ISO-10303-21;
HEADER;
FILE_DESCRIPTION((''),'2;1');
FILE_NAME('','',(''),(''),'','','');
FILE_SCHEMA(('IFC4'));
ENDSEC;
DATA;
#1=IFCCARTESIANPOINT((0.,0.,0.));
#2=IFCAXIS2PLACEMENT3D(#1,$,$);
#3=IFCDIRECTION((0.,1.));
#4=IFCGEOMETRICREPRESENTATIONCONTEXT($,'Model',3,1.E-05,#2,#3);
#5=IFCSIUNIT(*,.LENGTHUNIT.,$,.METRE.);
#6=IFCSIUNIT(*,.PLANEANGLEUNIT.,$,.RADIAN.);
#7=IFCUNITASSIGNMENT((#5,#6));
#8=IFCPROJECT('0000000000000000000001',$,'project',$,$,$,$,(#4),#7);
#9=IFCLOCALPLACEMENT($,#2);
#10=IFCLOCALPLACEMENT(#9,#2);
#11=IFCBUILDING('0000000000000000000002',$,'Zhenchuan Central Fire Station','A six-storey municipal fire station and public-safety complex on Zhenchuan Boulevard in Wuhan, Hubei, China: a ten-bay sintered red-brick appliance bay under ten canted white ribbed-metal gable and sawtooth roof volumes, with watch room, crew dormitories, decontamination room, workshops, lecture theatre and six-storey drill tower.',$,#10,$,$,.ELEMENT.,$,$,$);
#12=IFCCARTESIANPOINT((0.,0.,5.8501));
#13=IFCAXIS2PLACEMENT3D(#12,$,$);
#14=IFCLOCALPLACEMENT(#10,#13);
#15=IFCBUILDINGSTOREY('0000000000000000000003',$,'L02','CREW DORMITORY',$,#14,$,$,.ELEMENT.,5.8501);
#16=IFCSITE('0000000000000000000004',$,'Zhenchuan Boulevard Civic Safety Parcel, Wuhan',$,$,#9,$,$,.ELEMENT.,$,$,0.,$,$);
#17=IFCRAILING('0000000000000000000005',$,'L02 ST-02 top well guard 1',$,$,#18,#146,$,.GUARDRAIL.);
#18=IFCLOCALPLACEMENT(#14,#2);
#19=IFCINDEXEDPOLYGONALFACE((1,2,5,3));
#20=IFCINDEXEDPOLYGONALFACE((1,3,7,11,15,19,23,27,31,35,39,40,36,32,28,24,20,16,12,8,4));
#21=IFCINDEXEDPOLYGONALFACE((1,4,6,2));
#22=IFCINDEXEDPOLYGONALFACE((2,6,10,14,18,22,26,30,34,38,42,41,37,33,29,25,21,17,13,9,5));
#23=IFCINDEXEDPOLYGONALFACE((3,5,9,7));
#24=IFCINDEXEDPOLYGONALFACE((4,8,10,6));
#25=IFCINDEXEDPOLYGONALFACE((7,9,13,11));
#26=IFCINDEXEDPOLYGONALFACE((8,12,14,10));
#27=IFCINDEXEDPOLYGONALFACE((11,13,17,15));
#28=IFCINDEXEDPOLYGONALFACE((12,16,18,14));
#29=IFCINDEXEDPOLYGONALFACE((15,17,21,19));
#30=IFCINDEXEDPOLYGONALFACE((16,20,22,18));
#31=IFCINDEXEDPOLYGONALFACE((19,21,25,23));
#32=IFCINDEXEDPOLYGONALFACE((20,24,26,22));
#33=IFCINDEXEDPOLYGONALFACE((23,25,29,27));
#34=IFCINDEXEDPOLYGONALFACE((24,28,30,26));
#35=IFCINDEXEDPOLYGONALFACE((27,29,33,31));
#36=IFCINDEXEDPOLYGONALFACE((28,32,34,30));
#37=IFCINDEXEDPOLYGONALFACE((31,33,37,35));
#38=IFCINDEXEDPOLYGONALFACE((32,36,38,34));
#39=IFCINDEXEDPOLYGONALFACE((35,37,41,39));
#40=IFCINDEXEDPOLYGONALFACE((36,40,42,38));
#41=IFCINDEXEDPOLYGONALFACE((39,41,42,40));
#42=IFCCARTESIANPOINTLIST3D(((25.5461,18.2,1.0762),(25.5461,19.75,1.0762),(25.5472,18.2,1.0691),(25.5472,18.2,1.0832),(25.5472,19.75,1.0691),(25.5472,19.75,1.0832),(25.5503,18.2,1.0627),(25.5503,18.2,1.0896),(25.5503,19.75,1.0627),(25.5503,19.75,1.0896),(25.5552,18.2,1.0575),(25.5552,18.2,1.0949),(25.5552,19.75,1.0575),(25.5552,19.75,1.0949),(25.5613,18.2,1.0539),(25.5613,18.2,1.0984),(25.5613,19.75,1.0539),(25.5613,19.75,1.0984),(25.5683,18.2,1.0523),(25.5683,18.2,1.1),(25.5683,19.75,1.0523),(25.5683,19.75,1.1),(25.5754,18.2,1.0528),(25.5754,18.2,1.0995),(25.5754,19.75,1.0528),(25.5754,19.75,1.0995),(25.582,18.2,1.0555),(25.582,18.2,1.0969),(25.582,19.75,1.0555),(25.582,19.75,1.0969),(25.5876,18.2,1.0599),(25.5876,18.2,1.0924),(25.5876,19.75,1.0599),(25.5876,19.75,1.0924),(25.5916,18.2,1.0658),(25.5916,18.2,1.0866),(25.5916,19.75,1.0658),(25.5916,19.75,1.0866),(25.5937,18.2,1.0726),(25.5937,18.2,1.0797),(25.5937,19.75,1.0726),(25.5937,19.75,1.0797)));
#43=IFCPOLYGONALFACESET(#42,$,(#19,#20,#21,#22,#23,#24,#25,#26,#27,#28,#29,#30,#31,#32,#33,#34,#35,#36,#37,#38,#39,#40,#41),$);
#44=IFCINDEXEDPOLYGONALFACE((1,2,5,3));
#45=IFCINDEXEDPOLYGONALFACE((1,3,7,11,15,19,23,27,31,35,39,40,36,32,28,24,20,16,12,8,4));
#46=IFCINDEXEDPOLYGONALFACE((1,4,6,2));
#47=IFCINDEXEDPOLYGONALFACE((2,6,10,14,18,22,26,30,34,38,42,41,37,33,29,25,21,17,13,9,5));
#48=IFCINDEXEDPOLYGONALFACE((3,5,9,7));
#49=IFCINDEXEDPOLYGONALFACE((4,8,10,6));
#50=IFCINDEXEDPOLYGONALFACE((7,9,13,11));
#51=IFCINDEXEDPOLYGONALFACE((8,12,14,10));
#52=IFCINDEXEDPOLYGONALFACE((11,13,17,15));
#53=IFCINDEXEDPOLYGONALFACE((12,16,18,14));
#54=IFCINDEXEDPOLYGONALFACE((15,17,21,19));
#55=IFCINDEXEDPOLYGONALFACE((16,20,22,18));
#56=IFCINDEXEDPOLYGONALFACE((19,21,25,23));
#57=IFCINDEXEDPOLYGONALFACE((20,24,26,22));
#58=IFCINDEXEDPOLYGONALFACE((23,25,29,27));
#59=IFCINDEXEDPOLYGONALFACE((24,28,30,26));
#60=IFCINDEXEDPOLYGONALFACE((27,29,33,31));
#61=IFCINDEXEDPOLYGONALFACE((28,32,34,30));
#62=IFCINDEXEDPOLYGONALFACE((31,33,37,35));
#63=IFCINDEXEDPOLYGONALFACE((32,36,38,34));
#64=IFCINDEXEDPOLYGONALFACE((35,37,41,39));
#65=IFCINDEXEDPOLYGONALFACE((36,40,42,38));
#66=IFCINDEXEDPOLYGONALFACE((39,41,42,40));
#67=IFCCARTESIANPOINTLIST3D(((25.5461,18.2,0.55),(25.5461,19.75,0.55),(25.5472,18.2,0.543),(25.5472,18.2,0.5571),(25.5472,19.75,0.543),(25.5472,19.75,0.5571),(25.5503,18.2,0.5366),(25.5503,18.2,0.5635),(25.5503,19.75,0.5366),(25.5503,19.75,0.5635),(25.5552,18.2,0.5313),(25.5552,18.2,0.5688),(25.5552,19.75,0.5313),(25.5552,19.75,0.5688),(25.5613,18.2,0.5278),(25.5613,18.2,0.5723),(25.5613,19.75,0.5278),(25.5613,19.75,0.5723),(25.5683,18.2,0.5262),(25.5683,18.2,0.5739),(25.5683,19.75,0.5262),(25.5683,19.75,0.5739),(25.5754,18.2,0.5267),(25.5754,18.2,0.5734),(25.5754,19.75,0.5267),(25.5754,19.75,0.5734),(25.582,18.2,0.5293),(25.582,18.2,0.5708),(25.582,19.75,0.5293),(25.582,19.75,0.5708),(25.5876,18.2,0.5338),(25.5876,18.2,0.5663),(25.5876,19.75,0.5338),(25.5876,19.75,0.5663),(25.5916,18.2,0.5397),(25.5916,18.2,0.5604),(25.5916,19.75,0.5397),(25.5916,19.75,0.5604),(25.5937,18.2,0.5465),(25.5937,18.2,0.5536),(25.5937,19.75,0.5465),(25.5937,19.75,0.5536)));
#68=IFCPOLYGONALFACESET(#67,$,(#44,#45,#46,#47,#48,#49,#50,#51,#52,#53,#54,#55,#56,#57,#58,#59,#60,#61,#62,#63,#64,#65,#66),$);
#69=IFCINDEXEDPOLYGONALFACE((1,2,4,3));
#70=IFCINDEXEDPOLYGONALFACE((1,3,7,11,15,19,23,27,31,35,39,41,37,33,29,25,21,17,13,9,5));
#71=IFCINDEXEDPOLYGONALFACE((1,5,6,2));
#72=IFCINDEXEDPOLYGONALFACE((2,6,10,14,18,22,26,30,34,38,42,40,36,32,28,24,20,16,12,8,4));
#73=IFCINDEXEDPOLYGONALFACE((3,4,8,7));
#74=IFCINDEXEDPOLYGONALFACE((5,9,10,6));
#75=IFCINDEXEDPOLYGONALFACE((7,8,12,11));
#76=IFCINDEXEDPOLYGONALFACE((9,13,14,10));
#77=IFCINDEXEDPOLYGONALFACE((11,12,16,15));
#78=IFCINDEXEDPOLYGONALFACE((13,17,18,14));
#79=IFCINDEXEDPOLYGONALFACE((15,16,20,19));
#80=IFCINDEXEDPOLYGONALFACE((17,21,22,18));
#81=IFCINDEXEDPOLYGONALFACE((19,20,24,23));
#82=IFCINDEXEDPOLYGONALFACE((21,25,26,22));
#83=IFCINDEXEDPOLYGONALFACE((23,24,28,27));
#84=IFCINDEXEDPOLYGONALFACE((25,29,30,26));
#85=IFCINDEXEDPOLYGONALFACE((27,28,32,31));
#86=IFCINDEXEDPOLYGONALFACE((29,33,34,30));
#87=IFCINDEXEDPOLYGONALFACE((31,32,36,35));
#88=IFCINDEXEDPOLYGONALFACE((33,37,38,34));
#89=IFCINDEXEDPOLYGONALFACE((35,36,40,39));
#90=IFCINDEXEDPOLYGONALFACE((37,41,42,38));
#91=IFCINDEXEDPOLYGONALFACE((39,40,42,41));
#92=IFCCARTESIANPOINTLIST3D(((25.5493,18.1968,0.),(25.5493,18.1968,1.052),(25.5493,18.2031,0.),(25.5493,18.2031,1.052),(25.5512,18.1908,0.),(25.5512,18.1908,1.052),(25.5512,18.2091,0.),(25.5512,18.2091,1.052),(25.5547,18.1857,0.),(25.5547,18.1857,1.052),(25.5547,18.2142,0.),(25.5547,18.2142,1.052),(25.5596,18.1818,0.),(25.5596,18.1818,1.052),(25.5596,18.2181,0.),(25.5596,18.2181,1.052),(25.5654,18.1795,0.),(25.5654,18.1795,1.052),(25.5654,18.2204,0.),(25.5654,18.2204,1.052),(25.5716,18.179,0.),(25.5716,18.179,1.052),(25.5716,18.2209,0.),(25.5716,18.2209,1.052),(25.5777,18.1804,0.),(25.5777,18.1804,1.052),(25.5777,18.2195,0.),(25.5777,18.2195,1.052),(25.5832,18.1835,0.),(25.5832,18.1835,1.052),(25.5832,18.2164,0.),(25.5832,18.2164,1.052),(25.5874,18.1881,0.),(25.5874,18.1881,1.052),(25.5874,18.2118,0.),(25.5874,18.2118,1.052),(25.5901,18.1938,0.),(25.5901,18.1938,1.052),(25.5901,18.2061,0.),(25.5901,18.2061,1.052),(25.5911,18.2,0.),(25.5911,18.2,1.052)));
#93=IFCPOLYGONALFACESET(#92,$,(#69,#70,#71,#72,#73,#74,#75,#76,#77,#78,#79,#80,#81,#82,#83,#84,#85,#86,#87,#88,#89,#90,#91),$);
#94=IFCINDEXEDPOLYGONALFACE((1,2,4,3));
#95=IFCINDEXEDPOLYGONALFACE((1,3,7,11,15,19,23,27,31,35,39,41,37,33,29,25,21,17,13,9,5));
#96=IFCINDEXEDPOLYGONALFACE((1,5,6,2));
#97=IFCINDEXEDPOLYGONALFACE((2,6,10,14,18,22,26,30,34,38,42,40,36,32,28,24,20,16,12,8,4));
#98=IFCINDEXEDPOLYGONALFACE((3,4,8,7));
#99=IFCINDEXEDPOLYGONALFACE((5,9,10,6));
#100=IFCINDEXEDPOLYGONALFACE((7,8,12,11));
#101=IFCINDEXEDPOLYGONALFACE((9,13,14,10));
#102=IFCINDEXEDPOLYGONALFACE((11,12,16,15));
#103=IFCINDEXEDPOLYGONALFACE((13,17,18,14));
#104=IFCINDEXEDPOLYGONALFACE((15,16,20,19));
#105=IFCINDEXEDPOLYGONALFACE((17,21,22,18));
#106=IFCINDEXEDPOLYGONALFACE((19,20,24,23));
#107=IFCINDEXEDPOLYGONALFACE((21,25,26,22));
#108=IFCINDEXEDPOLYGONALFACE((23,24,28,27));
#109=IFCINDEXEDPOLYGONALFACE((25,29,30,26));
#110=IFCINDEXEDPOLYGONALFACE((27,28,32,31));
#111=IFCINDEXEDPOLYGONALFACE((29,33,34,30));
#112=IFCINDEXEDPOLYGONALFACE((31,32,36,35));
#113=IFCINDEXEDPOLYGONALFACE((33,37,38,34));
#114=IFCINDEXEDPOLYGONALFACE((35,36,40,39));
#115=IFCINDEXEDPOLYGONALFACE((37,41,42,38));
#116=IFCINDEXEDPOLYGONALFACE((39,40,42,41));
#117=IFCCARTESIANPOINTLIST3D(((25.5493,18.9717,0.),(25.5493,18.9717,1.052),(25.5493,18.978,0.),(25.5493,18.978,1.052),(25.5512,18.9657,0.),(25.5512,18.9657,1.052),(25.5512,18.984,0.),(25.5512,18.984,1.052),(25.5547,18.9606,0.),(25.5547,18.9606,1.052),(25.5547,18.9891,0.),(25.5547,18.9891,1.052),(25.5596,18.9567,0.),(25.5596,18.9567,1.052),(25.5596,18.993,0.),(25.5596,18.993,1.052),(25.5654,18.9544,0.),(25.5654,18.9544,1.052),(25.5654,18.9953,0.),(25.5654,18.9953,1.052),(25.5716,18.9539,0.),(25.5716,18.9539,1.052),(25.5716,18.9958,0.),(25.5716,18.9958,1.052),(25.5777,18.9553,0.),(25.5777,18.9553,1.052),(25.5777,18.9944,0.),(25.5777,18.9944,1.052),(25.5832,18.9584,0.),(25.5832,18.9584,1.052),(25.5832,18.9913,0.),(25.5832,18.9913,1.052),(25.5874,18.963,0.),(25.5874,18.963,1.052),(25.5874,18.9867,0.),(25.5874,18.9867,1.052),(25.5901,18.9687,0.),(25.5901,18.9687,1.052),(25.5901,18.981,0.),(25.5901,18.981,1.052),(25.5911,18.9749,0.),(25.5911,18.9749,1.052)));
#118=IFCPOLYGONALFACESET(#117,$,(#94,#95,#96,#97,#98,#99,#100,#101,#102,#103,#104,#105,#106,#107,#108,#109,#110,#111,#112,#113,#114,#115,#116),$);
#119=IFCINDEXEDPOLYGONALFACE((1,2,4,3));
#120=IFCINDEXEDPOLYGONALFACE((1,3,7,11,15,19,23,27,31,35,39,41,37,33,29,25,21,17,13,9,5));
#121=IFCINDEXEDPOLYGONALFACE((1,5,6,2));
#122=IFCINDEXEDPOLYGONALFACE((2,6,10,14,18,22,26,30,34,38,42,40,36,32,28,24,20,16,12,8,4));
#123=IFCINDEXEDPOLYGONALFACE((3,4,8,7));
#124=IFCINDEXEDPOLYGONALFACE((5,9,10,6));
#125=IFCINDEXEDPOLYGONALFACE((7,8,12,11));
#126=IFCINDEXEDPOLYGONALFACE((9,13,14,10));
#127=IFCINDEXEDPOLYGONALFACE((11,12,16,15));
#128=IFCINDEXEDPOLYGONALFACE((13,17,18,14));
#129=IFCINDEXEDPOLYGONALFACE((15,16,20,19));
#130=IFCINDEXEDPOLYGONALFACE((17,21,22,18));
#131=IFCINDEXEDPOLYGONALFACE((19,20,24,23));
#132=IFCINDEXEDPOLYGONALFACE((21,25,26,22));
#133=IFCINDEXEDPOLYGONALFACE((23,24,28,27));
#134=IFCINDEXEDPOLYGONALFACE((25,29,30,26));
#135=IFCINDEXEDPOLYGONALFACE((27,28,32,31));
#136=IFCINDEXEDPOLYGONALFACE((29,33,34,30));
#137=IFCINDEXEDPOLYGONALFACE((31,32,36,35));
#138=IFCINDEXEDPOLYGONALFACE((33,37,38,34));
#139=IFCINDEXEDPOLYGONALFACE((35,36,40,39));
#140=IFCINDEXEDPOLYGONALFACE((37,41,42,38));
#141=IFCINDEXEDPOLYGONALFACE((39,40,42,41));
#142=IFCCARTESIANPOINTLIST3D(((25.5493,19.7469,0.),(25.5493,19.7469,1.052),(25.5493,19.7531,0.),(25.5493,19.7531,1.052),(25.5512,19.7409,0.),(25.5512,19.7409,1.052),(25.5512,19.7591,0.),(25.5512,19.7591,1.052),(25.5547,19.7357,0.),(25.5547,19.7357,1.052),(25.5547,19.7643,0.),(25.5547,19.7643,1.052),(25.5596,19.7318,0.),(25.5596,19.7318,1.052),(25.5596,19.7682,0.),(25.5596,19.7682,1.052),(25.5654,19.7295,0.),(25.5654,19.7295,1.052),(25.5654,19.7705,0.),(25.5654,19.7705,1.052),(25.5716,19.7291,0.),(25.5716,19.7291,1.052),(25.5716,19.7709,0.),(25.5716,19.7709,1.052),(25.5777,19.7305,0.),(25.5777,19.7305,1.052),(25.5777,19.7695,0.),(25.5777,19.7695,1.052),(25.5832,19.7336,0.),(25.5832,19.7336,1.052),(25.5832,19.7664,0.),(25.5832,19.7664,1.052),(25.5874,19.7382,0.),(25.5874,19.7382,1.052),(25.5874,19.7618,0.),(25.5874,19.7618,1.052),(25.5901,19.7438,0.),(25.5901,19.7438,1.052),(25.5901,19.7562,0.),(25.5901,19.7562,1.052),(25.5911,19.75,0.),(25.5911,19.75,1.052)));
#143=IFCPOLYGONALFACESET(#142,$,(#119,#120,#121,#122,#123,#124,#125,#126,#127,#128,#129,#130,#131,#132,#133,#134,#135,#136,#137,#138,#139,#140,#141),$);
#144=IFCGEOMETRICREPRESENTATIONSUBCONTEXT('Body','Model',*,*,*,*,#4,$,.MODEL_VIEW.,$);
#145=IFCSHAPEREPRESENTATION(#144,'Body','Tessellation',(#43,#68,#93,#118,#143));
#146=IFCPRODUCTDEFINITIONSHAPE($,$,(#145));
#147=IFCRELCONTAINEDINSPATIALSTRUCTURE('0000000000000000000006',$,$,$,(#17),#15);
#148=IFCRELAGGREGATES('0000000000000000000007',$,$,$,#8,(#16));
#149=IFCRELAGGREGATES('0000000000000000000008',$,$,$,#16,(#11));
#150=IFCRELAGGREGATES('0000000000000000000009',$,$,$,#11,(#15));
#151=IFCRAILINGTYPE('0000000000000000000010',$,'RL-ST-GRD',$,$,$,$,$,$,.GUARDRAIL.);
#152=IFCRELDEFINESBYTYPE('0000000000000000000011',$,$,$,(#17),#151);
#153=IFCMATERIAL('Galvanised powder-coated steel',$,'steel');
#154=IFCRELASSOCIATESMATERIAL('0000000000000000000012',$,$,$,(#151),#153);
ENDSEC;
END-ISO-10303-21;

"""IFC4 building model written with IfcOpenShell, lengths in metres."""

from ifc_helpers import new_model, si_unit, direction, frame, origin, origin_2d, place, context, subcontext, project, spatial, circle, extrude, material, type_object, element, save


model = new_model("IFC4")

# Units and contexts
model_context = context("Model", 3, precision=1e-05, world=origin(), true_north=direction((0.0, 1.0)))
body_context = subcontext(model_context, "Body", "Model", "MODEL_VIEW")
ifc_project = project(units=[si_unit("LENGTHUNIT", "METRE"), si_unit("PLANEANGLEUNIT", "RADIAN")], contexts=[model_context])

# Site, building, storey
site_placement = place(None, origin())
site = spatial("IfcSite", under=ifc_project, at=site_placement, Name="Zhenchuan Boulevard Civic Safety Parcel, Wuhan", CompositionType="ELEMENT", RefElevation=0.0)
building_placement = place(site_placement, origin())
building = spatial("IfcBuilding", under=site, at=building_placement, Name="Zhenchuan Central Fire Station", Description="A six-storey municipal fire station and public-safety complex on Zhenchuan Boulevard in Wuhan, Hubei, China: a ten-bay sintered red-brick appliance bay under ten canted white ribbed-metal gable and sawtooth roof volumes, with watch room, crew dormitories, decontamination room, workshops, lecture theatre and six-storey drill tower.", CompositionType="ELEMENT")
storey_placement = place(building_placement, frame((0.0, 0.0, 5.8501)))
storey = spatial("IfcBuildingStorey", under=building, at=storey_placement, Name="L02", Description="CREW DORMITORY", CompositionType="ELEMENT", Elevation=5.8501)

# Railing
ifc_material_1 = material(Name="Galvanised powder-coated steel", Category="steel")
railing_type = type_object("IfcRailingType", Name="RL-ST-GRD", PredefinedType="GUARDRAIL", material=ifc_material_1)
railing_placement = place(storey_placement, frame((25.5701, 18.2, 0.0)))
element("IfcRailing", 1, at=railing_placement, inside=storey, type_object=railing_type, Name="L02 ST-02 top well guard 1", PredefinedType="GUARDRAIL", context=body_context, shape_type="SweptSolid", body=[
    extrude(circle(Radius=0.0239, at=origin_2d()), frame((0.0, 0.0, 1.0762), z_axis=(0.0, 1.0, 0.0), x_axis=(-1.0, 0.0, 0.0)), (0.0, 0.0, 1.0), 1.55),
    extrude(circle(Radius=0.0239, at=origin_2d()), frame((0.0, 0.0, 0.55), z_axis=(0.0, 1.0, 0.0), x_axis=(-1.0, 0.0, 0.0)), (0.0, 0.0, 1.0), 1.55),
    extrude(circle(Radius=0.021, at=origin_2d()), origin(), (0.0, 0.0, 1.0), 1.052),
    extrude(circle(Radius=0.021, at=origin_2d()), frame((0.0, 0.7749, 0.0)), (0.0, 0.0, 1.0), 1.052),
    extrude(circle(Radius=0.021, at=origin_2d()), frame((0.0, 1.55, 0.0)), (0.0, 0.0, 1.0), 1.052),
])

save(model, "model.ifc")
